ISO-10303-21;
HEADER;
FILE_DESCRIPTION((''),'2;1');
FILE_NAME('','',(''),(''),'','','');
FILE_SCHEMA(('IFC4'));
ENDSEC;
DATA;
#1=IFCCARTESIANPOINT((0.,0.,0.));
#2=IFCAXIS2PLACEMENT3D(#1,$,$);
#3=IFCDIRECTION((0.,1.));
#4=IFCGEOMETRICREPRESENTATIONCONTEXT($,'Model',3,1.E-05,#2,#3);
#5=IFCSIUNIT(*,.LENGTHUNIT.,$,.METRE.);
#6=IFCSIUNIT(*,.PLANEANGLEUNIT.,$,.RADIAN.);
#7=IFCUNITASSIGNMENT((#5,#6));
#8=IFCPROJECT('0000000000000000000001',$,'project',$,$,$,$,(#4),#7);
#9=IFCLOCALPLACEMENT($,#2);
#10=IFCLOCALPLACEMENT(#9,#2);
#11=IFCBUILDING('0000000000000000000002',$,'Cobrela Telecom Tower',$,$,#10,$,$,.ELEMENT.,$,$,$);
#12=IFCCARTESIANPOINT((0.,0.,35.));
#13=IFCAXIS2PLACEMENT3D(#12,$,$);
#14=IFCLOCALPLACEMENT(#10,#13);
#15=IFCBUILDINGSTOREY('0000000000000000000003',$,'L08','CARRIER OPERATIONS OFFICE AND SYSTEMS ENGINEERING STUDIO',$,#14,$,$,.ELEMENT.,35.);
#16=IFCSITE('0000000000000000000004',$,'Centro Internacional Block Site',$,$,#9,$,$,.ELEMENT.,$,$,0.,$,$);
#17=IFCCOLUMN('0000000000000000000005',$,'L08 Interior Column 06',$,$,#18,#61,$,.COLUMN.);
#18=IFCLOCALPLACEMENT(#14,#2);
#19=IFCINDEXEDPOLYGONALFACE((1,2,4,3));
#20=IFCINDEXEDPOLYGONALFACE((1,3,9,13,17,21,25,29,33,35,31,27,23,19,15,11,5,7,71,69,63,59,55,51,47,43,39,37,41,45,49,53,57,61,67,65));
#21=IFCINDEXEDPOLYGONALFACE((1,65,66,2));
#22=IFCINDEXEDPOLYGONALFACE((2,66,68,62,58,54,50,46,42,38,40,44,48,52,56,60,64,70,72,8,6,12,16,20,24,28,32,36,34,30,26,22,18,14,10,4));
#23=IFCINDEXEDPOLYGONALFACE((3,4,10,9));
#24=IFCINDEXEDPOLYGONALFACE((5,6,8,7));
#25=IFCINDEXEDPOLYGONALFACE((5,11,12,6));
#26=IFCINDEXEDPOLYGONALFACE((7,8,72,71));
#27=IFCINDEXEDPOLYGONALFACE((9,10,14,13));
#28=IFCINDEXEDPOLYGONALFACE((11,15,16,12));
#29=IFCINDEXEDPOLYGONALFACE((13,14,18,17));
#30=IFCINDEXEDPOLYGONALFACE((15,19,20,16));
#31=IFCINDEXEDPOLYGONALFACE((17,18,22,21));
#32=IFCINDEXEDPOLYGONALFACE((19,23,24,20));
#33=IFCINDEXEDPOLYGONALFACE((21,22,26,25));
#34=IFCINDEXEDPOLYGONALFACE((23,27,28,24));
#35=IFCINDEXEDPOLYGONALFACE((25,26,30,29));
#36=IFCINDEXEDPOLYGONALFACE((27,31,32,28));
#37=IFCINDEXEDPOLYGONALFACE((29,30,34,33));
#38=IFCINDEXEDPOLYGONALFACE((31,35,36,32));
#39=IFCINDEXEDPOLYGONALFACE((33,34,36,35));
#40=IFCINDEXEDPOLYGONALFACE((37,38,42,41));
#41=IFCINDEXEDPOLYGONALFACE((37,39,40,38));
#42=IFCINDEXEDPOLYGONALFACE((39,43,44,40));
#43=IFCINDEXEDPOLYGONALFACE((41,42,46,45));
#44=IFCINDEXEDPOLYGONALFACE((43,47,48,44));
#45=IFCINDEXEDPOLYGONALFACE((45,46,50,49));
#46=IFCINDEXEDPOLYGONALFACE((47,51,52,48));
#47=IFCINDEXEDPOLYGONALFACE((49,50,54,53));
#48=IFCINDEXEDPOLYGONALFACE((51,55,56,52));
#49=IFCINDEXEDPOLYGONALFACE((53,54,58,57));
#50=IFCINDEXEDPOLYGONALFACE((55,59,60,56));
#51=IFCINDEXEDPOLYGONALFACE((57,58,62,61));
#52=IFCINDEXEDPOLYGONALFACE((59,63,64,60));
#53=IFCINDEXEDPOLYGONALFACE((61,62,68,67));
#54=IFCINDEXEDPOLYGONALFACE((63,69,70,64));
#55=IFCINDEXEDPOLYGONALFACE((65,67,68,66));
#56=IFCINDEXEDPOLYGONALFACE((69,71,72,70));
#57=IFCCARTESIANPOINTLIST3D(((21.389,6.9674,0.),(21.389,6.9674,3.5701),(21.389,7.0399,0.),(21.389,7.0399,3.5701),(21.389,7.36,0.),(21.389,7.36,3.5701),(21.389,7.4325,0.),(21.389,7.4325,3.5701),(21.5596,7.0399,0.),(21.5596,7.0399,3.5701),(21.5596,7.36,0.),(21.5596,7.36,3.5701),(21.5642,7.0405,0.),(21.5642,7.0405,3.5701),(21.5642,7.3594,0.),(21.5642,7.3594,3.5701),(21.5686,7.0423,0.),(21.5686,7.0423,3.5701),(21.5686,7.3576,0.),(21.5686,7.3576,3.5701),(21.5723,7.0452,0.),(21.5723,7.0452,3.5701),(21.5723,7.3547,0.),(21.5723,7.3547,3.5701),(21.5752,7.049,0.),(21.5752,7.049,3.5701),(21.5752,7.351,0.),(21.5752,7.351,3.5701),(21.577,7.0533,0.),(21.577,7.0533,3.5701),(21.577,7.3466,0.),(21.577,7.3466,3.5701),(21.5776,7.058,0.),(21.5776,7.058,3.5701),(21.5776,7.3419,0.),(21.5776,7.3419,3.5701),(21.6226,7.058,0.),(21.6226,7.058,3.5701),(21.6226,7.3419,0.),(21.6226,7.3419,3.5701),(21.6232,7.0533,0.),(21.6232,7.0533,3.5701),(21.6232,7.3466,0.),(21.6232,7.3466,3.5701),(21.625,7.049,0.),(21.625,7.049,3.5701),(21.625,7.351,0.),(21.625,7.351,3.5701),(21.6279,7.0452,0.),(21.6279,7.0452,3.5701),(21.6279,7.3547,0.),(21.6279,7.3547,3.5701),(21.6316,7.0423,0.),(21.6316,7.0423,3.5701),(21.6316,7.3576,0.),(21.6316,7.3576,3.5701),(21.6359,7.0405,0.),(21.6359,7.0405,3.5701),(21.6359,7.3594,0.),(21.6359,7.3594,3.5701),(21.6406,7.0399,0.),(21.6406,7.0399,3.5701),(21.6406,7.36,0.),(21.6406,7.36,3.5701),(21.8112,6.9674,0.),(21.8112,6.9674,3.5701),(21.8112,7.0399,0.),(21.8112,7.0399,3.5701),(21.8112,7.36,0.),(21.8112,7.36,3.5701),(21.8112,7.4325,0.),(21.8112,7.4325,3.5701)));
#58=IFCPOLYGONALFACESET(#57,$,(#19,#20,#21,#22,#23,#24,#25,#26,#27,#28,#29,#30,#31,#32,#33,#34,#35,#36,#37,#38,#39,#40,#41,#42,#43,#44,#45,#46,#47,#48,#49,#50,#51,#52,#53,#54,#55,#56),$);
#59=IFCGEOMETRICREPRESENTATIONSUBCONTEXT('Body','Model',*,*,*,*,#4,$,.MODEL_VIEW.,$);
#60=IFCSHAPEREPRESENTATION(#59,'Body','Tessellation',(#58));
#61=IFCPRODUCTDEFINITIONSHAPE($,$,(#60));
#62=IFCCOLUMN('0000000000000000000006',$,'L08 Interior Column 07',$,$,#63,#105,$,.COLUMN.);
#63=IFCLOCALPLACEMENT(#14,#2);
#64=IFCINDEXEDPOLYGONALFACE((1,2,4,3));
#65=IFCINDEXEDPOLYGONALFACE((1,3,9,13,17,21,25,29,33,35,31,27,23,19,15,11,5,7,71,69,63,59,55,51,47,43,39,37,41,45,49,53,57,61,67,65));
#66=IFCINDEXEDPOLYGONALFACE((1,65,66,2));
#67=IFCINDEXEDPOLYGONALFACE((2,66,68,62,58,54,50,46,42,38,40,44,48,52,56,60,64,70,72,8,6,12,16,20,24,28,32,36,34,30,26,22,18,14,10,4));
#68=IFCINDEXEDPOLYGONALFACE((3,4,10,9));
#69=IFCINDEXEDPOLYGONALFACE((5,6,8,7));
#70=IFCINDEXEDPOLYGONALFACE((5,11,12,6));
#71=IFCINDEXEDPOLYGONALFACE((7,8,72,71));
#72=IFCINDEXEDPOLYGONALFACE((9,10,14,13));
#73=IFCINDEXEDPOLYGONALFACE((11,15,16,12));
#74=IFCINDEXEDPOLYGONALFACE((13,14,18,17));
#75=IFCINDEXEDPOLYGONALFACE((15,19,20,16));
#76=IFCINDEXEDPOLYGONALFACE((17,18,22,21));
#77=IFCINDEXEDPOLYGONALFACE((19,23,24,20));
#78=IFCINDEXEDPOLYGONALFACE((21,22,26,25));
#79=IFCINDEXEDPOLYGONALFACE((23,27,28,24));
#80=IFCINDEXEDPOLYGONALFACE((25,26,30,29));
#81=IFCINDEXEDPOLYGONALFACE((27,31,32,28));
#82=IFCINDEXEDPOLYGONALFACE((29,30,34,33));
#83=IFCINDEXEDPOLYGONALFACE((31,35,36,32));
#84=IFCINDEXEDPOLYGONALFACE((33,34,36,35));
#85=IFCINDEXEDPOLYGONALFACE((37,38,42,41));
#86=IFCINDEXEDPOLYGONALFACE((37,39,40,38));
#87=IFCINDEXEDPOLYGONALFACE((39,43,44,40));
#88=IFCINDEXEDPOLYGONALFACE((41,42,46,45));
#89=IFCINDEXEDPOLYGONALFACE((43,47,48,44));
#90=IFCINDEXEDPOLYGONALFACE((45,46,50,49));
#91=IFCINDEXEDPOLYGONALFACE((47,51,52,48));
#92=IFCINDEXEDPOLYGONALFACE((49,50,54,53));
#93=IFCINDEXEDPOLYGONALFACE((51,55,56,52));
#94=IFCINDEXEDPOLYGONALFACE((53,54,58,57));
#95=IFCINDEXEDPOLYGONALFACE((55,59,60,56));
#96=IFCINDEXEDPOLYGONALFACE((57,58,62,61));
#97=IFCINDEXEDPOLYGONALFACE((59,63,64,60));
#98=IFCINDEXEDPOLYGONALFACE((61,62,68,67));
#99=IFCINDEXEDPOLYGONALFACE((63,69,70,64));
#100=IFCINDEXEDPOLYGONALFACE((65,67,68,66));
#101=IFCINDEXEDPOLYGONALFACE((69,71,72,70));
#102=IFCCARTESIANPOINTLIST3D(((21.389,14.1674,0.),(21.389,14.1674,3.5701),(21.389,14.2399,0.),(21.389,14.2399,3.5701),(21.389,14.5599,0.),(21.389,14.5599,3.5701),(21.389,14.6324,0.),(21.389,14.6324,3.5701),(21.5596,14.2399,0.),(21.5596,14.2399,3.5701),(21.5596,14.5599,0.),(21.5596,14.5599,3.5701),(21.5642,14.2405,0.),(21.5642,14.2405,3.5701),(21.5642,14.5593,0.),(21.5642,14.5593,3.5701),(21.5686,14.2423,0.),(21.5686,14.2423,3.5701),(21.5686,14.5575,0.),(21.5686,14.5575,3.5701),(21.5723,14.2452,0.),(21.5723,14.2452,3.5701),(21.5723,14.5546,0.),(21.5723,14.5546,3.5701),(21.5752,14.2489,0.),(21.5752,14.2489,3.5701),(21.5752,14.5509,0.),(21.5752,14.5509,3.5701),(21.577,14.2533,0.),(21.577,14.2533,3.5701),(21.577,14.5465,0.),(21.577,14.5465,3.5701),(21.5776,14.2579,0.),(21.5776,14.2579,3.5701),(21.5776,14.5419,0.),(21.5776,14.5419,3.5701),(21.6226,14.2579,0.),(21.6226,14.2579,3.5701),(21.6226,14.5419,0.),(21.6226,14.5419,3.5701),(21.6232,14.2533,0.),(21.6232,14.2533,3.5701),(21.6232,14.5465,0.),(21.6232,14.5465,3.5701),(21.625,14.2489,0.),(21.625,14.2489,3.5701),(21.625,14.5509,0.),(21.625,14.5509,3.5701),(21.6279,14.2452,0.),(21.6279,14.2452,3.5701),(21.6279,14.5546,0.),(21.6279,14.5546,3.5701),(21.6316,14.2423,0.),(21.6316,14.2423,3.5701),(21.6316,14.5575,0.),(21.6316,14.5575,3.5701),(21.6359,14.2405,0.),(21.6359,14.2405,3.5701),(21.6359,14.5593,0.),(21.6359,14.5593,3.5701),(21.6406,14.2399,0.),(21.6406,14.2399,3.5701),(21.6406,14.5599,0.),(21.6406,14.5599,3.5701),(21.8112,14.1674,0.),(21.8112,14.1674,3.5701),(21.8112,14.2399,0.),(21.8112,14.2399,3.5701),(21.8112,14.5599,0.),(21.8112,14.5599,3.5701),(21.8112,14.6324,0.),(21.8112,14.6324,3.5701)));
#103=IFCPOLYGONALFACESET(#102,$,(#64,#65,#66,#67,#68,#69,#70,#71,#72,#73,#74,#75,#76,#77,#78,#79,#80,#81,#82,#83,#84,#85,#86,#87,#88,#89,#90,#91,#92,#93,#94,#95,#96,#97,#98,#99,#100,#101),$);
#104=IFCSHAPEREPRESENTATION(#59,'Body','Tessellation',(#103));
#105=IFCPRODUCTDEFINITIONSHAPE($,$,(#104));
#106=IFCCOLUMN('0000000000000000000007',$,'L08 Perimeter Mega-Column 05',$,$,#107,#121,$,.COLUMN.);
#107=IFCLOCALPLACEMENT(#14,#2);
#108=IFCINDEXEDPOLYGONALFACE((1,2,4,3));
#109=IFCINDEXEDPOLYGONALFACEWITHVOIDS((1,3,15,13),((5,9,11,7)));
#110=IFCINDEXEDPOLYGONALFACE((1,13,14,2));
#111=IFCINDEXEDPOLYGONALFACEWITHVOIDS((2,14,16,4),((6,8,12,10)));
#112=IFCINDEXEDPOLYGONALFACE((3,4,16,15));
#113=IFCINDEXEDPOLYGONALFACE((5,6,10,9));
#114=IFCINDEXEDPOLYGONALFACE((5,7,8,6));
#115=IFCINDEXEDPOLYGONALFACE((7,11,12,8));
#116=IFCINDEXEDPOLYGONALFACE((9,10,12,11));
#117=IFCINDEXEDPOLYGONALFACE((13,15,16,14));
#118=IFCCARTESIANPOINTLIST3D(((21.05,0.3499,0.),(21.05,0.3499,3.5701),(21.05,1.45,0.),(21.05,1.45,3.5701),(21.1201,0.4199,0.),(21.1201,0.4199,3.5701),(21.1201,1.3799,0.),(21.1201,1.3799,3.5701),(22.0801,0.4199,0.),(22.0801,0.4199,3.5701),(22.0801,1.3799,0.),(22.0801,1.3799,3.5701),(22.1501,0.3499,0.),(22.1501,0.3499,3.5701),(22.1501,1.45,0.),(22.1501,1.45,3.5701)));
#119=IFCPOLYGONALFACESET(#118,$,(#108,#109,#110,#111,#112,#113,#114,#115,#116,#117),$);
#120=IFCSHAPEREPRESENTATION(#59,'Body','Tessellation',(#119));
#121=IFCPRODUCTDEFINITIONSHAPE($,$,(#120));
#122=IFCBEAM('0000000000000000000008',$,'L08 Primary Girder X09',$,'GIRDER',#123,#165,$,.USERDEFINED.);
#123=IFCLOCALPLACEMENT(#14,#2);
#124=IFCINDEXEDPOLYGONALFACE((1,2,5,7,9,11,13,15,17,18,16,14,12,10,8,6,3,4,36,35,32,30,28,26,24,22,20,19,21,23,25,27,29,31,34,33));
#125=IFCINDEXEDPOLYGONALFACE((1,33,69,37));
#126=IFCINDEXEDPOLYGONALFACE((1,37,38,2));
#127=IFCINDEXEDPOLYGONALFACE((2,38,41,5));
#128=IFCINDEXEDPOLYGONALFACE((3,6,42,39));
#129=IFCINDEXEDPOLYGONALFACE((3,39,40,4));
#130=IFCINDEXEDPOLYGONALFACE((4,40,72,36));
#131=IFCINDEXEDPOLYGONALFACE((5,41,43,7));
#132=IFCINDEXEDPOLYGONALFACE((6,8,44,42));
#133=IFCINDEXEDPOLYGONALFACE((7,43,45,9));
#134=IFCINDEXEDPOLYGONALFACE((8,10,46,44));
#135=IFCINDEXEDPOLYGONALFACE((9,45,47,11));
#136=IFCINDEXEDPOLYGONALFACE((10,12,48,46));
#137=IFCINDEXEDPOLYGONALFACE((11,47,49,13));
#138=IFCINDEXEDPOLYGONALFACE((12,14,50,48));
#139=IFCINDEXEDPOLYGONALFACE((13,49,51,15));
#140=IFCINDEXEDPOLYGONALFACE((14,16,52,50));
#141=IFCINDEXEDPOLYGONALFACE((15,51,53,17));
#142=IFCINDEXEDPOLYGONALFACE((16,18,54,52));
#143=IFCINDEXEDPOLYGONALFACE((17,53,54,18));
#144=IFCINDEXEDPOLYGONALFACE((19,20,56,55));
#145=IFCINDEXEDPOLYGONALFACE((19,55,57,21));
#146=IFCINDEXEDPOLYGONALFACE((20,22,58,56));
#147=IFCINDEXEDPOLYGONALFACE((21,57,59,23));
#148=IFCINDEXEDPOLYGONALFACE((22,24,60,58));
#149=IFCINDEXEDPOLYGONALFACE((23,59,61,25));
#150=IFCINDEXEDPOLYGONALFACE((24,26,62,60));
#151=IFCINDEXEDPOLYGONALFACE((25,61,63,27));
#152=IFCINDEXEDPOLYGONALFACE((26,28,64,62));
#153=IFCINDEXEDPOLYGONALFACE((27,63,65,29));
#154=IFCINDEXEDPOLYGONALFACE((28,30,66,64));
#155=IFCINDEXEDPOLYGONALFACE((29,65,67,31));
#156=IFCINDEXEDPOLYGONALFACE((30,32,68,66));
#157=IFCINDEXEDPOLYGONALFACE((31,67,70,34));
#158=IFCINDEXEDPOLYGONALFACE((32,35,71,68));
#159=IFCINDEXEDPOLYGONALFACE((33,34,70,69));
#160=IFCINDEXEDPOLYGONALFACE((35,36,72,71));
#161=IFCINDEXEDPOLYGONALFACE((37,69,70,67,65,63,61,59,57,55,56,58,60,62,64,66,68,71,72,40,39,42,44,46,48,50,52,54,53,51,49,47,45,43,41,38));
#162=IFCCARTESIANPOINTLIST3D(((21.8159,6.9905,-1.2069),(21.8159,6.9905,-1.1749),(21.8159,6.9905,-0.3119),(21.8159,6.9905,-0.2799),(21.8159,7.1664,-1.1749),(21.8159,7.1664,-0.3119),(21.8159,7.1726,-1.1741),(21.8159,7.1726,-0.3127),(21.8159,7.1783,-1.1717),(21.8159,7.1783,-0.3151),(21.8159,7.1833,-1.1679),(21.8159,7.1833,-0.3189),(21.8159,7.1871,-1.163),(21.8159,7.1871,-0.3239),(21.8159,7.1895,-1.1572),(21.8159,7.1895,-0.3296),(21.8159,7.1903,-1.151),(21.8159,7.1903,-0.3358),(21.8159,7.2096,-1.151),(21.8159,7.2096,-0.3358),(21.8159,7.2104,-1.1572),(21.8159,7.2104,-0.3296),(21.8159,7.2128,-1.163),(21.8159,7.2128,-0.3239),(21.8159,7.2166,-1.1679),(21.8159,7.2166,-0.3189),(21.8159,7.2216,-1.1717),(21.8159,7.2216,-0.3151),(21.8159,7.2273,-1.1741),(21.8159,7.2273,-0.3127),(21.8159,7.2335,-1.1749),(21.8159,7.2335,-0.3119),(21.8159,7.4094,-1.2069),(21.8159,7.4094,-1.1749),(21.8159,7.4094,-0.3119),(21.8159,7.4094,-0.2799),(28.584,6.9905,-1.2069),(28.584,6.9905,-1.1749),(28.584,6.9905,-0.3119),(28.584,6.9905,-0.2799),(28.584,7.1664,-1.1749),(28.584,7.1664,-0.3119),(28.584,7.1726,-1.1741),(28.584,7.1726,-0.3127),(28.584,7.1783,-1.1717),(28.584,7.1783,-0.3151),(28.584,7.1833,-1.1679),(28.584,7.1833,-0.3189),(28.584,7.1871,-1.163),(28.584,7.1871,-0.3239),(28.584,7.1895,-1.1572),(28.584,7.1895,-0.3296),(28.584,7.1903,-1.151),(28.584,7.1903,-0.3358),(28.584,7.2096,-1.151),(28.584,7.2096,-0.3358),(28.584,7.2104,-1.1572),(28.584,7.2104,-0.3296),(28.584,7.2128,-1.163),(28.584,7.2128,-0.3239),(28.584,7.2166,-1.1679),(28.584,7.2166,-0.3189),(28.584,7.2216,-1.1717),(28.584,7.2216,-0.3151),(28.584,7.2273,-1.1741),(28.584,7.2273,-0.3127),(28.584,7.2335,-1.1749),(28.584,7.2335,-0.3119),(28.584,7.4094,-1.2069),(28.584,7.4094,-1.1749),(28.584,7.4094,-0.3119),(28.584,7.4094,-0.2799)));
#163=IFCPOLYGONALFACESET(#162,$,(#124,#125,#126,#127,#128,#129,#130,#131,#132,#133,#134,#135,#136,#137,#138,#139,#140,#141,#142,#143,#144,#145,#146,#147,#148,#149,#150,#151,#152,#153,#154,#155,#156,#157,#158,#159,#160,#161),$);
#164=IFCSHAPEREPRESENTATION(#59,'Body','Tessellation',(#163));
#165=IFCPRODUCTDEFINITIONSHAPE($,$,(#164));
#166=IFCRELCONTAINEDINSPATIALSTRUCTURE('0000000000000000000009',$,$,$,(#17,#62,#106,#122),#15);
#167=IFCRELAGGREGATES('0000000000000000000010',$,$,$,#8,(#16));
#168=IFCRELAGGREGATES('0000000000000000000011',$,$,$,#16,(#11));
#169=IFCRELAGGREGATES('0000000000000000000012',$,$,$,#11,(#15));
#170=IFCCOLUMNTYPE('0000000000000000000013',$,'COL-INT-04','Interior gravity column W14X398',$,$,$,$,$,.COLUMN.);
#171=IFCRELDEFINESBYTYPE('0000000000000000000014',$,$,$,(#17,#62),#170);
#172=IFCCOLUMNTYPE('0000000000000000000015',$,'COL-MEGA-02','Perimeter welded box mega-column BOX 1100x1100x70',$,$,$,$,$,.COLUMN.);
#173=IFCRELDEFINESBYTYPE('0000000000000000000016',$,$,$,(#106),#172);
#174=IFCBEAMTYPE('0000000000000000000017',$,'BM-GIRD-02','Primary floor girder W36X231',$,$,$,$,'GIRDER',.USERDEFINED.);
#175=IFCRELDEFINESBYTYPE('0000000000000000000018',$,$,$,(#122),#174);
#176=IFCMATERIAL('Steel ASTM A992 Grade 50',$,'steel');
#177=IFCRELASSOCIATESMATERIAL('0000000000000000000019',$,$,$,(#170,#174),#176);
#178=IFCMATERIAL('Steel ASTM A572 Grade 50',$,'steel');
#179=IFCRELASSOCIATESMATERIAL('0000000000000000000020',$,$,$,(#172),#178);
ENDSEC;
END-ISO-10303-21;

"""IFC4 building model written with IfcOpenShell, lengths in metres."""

from ifc_helpers import new_model, si_unit, direction, frame, origin, origin_2d, place, context, subcontext, project, spatial, hollow_rectangle, i_section, extrude, material, material_profile, profile_set, type_object, element, save


model = new_model("IFC4")

# Units and contexts
model_context = context("Model", 3, precision=1e-05, world=origin(), true_north=direction((0.0, 1.0)))
body_context = subcontext(model_context, "Body", "Model", "MODEL_VIEW")
ifc_project = project(units=[si_unit("LENGTHUNIT", "METRE"), si_unit("PLANEANGLEUNIT", "RADIAN")], contexts=[model_context])

# Site, building, storey
site_placement = place(None, origin())
site = spatial("IfcSite", under=ifc_project, at=site_placement, Name="Centro Internacional Block Site", CompositionType="ELEMENT", RefElevation=0.0)
building_placement = place(site_placement, origin())
building = spatial("IfcBuilding", under=site, at=building_placement, Name="Cobrela Telecom Tower", CompositionType="ELEMENT")
storey_placement = place(building_placement, frame((0.0, 0.0, 35.0)))
storey = spatial("IfcBuildingStorey", under=building, at=storey_placement, Name="L08", Description="CARRIER OPERATIONS OFFICE AND SYSTEMS ENGINEERING STUDIO", CompositionType="ELEMENT", Elevation=35.0)

# Columns
ifc_material_1 = material(Name="Steel ASTM A992 Grade 50", Category="steel")
ifc_material_profile_1 = material_profile(ifc_material_1, i_section(OverallWidth=0.4221, OverallDepth=0.4651, WebThickness=0.0449, FlangeThickness=0.0725, FilletRadius=0.0181, at=origin_2d()), Name="W14X398")
ifc_profile_set_1 = profile_set([ifc_material_profile_1], Name="Steel ASTM A992 Grade 50")
column_type_1 = type_object("IfcColumnType", Name="COL-INT-04", Description="Interior gravity column W14X398", PredefinedType="COLUMN", material=ifc_profile_set_1)
for number, where, z_axis, x_axis, name in (
    (1, (21.6001, 7.2, 0.0), (0.0, 0.0, 1.0), (1.0, 0.0, 0.0), "L08 Interior Column 06"),
    (2, (21.6001, 14.3999, 0.0), (0.0, 0.0, 1.0), (1.0, 0.0, 0.0), "L08 Interior Column 07"),
):
    element("IfcColumn", number, at=place(storey_placement, frame(where, z_axis=z_axis, x_axis=x_axis)), inside=storey, type_object=column_type_1, Name=name, PredefinedType="COLUMN", context=body_context, shape_type="SweptSolid", body=[
        extrude(i_section(OverallWidth=0.4221, OverallDepth=0.4651, WebThickness=0.0449, FlangeThickness=0.0725, FilletRadius=0.0181, at=origin_2d()), origin(), (0.0, 0.0, 1.0), 3.5701),
    ])
ifc_material_2 = material(Name="Steel ASTM A572 Grade 50", Category="steel")
ifc_material_profile_2 = material_profile(ifc_material_2, hollow_rectangle(XDim=1.1001, YDim=1.1001, WallThickness=0.0701, at=origin_2d()), Name="BOX 1100x1100x70")
ifc_profile_set_2 = profile_set([ifc_material_profile_2], Name="Steel ASTM A572 Grade 50")
column_type_2 = type_object("IfcColumnType", Name="COL-MEGA-02", Description="Perimeter welded box mega-column BOX 1100x1100x70", PredefinedType="COLUMN", material=ifc_profile_set_2)
column_placement = place(storey_placement, frame((21.6001, 0.8999, 0.0), z_axis=(0.0, 0.0, 1.0), x_axis=(1.0, 0.0, 0.0)))
element("IfcColumn", 3, at=column_placement, inside=storey, type_object=column_type_2, Name="L08 Perimeter Mega-Column 05", PredefinedType="COLUMN", context=body_context, shape_type="SweptSolid", body=[
    extrude(hollow_rectangle(XDim=1.1001, YDim=1.1001, WallThickness=0.0701, at=origin_2d()), origin(), (0.0, 0.0, 1.0), 3.5701),
])

# Beam
ifc_material_profile_3 = material_profile(ifc_material_1, i_section(OverallWidth=0.4189, OverallDepth=0.927, WebThickness=0.0193, FlangeThickness=0.032, FilletRadius=0.0239, at=origin_2d()), Name="W36X231")
ifc_profile_set_3 = profile_set([ifc_material_profile_3], Name="Steel ASTM A992 Grade 50")
beam_type_1 = type_object("IfcBeamType", Name="BM-GIRD-02", Description="Primary floor girder W36X231", ElementType="GIRDER", PredefinedType="USERDEFINED", material=ifc_profile_set_3)
for number, where, z_axis, x_axis, name in (
    (4, (21.8159, 7.2, -0.7434), (1.0, 0.0, 0.0), (0.0, 1.0, 0.0), "L08 Primary Girder X09"),
):
    element("IfcBeam", number, at=place(storey_placement, frame(where, z_axis=z_axis, x_axis=x_axis)), inside=storey, type_object=beam_type_1, Name=name, ObjectType="GIRDER", PredefinedType="USERDEFINED", context=body_context, shape_type="SweptSolid", body=[
        extrude(i_section(OverallWidth=0.4189, OverallDepth=0.927, WebThickness=0.0193, FlangeThickness=0.032, FilletRadius=0.0239, at=origin_2d()), origin(), (0.0, 0.0, 1.0), 6.7681),
    ])

save(model, "model.ifc")
